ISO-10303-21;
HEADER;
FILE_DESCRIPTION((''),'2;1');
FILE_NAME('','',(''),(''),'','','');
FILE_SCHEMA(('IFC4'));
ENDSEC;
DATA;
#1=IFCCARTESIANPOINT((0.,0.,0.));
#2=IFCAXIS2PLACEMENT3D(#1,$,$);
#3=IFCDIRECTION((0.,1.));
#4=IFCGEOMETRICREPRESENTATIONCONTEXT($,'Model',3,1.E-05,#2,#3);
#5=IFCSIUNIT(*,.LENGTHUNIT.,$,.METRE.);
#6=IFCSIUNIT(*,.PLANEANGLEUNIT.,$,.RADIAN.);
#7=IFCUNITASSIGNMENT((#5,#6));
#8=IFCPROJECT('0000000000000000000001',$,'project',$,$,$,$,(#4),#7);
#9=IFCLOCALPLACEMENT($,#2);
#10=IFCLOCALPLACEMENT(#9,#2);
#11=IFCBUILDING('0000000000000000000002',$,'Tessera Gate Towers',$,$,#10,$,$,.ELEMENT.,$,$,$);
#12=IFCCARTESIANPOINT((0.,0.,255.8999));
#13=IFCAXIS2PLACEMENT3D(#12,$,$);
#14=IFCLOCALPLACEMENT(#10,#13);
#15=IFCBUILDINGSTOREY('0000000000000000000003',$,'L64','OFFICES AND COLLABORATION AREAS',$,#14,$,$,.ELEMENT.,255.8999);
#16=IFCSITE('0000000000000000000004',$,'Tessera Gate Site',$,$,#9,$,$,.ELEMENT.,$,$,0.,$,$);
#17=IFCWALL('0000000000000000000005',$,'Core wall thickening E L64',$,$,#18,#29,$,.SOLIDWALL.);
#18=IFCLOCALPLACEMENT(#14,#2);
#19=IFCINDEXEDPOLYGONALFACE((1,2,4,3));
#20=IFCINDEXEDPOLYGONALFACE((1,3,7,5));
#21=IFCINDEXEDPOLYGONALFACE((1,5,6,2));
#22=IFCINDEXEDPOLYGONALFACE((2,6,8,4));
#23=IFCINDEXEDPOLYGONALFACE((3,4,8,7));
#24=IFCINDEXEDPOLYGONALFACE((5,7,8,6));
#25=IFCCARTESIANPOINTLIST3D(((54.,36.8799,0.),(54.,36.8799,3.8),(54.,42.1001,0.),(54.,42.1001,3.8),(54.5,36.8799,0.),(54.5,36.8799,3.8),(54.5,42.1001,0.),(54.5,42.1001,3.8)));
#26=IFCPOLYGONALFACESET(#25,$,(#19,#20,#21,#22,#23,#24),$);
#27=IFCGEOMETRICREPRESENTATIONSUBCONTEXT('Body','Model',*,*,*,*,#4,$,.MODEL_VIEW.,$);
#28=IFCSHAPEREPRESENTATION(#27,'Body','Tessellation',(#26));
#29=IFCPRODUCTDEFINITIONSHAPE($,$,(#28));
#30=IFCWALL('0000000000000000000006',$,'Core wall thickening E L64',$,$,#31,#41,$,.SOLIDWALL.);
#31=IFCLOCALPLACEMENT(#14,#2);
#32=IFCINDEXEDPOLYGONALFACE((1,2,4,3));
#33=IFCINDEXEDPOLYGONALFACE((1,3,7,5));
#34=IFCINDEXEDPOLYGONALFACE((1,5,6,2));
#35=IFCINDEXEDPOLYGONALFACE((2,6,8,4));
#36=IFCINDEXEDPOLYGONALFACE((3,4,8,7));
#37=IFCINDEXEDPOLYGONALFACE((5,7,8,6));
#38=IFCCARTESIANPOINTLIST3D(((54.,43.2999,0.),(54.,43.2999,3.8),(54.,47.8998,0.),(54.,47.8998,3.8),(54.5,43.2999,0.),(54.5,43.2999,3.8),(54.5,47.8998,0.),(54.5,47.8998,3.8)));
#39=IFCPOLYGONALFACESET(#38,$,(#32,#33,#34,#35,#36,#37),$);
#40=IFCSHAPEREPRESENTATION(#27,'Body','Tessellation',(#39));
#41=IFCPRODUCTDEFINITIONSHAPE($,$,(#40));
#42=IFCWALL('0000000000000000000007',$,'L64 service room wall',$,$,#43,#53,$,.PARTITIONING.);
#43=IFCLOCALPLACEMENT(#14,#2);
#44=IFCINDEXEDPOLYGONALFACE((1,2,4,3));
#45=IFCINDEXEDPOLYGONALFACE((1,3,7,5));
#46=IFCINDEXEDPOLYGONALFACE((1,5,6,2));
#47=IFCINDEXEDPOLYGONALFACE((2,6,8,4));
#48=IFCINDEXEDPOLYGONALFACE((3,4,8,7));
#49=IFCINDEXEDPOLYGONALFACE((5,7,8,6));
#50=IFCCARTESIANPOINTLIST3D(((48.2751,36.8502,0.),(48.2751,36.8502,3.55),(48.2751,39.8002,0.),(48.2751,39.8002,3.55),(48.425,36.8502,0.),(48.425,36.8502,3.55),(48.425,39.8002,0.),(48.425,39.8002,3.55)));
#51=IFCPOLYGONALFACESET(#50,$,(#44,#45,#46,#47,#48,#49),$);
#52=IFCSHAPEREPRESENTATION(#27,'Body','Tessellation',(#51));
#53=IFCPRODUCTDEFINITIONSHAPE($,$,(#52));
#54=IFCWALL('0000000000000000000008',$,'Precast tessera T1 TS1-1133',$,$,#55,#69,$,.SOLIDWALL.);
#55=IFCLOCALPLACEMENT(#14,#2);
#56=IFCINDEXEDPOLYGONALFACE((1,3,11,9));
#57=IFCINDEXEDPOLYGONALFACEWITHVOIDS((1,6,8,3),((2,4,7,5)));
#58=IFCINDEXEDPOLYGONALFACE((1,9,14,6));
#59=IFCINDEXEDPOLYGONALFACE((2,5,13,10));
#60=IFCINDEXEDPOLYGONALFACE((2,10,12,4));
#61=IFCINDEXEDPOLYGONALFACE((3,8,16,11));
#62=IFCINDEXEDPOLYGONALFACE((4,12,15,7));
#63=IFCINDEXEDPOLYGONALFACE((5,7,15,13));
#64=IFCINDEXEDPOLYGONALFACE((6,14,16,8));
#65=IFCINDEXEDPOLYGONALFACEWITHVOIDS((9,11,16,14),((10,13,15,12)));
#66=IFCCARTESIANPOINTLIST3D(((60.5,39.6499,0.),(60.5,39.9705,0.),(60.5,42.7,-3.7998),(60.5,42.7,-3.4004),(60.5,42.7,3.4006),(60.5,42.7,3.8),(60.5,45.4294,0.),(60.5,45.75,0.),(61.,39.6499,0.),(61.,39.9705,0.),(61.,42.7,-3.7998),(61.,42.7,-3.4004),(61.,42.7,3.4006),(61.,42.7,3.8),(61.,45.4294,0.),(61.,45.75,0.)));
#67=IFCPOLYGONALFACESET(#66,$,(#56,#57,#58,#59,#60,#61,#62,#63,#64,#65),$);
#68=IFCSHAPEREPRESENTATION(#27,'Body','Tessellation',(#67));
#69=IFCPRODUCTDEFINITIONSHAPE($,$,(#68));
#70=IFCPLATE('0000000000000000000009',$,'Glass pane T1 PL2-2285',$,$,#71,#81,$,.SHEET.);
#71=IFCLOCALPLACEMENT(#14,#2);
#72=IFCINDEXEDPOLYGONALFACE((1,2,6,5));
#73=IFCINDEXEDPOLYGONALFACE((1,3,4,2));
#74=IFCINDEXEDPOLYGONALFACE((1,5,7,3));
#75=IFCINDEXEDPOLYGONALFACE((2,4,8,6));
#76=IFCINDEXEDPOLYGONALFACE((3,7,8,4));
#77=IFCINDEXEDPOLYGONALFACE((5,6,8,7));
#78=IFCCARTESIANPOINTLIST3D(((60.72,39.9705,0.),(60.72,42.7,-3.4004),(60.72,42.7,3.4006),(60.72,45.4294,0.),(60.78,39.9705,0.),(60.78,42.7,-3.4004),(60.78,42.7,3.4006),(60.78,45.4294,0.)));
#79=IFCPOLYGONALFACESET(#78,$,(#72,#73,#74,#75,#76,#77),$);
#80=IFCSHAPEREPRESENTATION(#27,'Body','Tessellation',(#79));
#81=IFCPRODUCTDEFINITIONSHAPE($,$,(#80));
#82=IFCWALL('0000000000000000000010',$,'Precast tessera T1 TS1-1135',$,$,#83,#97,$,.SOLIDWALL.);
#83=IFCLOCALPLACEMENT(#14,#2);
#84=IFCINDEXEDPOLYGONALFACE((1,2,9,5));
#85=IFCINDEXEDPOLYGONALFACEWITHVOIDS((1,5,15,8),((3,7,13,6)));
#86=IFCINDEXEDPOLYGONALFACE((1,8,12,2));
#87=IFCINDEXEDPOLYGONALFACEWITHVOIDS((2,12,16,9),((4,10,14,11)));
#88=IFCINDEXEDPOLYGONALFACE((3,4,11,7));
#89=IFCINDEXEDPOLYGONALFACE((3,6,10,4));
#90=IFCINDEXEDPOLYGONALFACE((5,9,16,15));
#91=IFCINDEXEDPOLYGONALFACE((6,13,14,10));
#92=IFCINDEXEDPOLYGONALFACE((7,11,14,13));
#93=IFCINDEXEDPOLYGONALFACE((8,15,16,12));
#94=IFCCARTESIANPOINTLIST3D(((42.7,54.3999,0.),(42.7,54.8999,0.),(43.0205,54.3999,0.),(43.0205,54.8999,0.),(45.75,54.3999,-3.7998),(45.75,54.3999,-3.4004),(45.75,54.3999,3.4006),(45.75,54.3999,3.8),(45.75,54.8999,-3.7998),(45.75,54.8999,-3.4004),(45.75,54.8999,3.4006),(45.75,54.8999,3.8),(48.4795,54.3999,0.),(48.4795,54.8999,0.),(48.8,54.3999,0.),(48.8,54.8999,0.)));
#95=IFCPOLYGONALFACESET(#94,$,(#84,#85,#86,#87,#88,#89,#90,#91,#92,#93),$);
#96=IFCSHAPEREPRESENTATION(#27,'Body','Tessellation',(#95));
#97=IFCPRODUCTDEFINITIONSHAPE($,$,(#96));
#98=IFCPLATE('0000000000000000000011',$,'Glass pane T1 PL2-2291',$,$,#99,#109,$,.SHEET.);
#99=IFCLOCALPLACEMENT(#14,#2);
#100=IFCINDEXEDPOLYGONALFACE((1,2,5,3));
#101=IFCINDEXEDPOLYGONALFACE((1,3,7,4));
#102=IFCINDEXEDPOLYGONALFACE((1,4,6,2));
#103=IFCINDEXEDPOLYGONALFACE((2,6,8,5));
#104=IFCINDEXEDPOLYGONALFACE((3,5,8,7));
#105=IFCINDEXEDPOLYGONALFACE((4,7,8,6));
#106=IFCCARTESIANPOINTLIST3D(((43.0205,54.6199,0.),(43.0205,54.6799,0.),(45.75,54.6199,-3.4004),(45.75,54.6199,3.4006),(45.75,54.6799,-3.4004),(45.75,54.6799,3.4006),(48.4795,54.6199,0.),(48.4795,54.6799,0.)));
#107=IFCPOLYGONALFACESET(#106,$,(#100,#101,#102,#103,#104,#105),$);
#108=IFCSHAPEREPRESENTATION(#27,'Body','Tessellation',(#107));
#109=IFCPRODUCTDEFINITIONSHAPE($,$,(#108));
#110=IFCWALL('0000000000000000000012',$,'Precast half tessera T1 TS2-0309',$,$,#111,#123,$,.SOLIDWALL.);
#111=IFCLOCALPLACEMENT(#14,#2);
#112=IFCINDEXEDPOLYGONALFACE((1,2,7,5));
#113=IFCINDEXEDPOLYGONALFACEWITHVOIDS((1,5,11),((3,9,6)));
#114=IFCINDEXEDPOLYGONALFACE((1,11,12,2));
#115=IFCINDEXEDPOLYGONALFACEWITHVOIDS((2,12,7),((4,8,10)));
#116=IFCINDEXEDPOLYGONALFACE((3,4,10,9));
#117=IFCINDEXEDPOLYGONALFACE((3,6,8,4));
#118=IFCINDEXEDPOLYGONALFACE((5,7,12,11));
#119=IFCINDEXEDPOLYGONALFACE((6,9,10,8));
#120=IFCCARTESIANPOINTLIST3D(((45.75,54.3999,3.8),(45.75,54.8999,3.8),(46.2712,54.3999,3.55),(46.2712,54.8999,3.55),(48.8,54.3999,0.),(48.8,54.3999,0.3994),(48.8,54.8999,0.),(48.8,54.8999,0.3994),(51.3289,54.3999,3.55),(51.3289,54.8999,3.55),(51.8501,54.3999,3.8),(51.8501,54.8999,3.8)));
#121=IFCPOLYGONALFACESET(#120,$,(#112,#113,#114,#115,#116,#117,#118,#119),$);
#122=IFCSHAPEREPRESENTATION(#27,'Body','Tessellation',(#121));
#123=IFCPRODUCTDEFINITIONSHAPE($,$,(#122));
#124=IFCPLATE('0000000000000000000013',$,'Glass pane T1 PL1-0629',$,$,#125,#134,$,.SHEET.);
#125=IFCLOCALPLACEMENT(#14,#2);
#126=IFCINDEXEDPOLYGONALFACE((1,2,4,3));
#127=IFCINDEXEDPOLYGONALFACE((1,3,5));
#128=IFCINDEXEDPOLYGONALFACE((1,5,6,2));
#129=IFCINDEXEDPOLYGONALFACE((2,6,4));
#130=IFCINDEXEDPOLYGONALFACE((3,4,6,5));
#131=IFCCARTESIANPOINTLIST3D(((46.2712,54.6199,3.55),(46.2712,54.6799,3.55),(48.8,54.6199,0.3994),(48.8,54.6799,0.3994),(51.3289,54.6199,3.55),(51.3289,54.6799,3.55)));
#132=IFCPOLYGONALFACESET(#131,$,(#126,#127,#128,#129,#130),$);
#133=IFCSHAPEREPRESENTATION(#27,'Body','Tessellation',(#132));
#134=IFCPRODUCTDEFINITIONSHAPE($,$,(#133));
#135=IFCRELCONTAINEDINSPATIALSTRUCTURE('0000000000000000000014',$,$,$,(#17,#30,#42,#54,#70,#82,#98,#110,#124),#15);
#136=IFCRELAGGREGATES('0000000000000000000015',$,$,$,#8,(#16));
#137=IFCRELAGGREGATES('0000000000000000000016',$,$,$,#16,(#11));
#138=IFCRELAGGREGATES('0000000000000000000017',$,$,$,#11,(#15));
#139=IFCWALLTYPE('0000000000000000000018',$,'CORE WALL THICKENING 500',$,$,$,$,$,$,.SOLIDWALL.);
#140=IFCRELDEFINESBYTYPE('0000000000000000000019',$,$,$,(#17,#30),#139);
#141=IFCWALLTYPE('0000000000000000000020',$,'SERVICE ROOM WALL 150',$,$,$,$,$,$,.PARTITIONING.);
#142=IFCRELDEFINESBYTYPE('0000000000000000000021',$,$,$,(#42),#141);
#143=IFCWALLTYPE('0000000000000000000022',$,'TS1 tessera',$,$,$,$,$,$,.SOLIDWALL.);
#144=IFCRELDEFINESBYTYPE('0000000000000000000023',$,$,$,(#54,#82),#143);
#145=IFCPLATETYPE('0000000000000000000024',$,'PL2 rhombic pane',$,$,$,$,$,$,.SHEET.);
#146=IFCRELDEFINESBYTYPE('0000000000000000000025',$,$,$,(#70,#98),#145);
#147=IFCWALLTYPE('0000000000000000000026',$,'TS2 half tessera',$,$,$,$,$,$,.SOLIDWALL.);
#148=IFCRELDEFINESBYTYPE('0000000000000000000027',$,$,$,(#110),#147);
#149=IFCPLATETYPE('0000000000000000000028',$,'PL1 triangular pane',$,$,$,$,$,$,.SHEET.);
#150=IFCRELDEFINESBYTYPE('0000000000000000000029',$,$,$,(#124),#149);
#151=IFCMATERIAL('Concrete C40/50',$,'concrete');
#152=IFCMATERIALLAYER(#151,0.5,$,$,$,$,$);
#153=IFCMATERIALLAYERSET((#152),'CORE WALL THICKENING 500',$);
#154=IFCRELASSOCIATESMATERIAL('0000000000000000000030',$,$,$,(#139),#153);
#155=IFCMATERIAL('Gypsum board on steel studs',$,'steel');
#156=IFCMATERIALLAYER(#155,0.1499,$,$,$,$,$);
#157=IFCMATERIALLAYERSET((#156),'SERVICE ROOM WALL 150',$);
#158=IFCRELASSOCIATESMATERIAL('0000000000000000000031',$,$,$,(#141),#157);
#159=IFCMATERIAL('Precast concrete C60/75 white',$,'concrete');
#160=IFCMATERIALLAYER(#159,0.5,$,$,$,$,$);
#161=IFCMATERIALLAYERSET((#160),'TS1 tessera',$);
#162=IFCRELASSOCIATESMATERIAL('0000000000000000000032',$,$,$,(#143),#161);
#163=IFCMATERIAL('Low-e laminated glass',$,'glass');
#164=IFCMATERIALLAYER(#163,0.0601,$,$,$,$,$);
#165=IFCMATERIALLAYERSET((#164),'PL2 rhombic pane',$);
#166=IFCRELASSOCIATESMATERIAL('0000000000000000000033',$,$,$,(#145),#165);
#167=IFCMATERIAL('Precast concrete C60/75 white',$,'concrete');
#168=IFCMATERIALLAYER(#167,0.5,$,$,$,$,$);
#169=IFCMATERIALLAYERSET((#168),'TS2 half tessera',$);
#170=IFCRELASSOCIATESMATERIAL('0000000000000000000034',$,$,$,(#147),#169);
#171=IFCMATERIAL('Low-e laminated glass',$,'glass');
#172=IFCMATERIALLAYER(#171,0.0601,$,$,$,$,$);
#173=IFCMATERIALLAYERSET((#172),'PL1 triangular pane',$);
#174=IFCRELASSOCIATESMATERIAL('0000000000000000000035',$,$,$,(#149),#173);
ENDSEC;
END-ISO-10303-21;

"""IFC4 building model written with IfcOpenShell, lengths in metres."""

from ifc_helpers import new_model, si_unit, direction, frame, frame_2d, origin, place, context, subcontext, project, spatial, polyline, rectangle, outline, extrude, source, transform, mapped, material, layer, layer_set, type_object, element, fill, save


model = new_model("IFC4")

# Units and contexts
model_context = context("Model", 3, precision=1e-05, world=origin(), true_north=direction((0.0, 1.0)))
body_context = subcontext(model_context, "Body", "Model", "MODEL_VIEW")
ifc_project = project(units=[si_unit("LENGTHUNIT", "METRE"), si_unit("PLANEANGLEUNIT", "RADIAN")], contexts=[model_context])

# Site, building, storey
site_placement = place(None, origin())
site = spatial("IfcSite", under=ifc_project, at=site_placement, Name="Tessera Gate Site", CompositionType="ELEMENT", RefElevation=0.0)
building_placement = place(site_placement, origin())
building = spatial("IfcBuilding", under=site, at=building_placement, Name="Tessera Gate Towers", CompositionType="ELEMENT")
storey_placement = place(building_placement, frame((0.0, 0.0, 255.8999)))
storey = spatial("IfcBuildingStorey", under=building, at=storey_placement, Name="L64", Description="OFFICES AND COLLABORATION AREAS", CompositionType="ELEMENT", Elevation=255.8999)

# Walls
ifc_material_1 = material(Name="Concrete C40/50", Category="concrete")
ifc_layer_1 = layer(ifc_material_1, 0.5)
ifc_layer_set_1 = layer_set([ifc_layer_1], Name="CORE WALL THICKENING 500")
wall_type_1 = type_object("IfcWallType", Name="CORE WALL THICKENING 500", PredefinedType="SOLIDWALL", material=ifc_layer_set_1)
wall_1_placement = place(storey_placement, frame((54.25, 36.8799, 0.0), z_axis=(0.0, 0.0, 1.0), x_axis=(0.0, 1.0, 0.0)))
element("IfcWall", 1, at=wall_1_placement, inside=storey, type_object=wall_type_1, Name="Core wall thickening E L64", PredefinedType="SOLIDWALL", context=body_context, shape_type="SweptSolid", body=[
    extrude(rectangle(XDim=5.2202, YDim=0.5, at=frame_2d((2.6101, 0.0))), origin(), (0.0, 0.0, 1.0), 3.8),
])
wall_2_placement = place(storey_placement, frame((54.25, 43.3, 0.0), z_axis=(0.0, 0.0, 1.0), x_axis=(0.0, 1.0, 0.0)))
element("IfcWall", 2, at=wall_2_placement, inside=storey, type_object=wall_type_1, Name="Core wall thickening E L64", PredefinedType="SOLIDWALL", context=body_context, shape_type="SweptSolid", body=[
    extrude(rectangle(XDim=4.5999, YDim=0.5, at=frame_2d((2.2998, 0.0))), origin(), (0.0, 0.0, 1.0), 3.8),
])
ifc_material_2 = material(Name="Gypsum board on steel studs", Category="steel")
ifc_layer_2 = layer(ifc_material_2, 0.1499)
ifc_layer_set_2 = layer_set([ifc_layer_2], Name="SERVICE ROOM WALL 150")
wall_type_2 = type_object("IfcWallType", Name="SERVICE ROOM WALL 150", PredefinedType="PARTITIONING", material=ifc_layer_set_2)
wall_3_placement = place(storey_placement, frame((48.3501, 36.8501, 0.0), z_axis=(0.0, 0.0, 1.0), x_axis=(0.0, 1.0, 0.0)))
element("IfcWall", 3, at=wall_3_placement, inside=storey, type_object=wall_type_2, Name="L64 service room wall", PredefinedType="PARTITIONING", context=body_context, shape_type="SweptSolid", body=[
    extrude(rectangle(XDim=2.95, YDim=0.1499, at=frame_2d((1.4751, 0.0))), origin(), (0.0, 0.0, 1.0), 3.55),
])

# Walls, openings, plates
ifc_material_3 = material(Name="Precast concrete C60/75 white", Category="concrete")
ifc_layer_3 = layer(ifc_material_3, 0.5)
ifc_layer_set_3 = layer_set([ifc_layer_3], Name="TS1 tessera")
wall_type_3 = type_object("IfcWallType", Name="TS1 tessera", PredefinedType="SOLIDWALL", material=ifc_layer_set_3)
shared_shape_1 = source(origin(), body_context, "Body", "SweptSolid", [
    extrude(outline(polyline([(3.05, 0.0), (6.1001, 3.7998), (3.05, 7.5999), (0.0, 3.7998), (3.05, 0.0)])), frame((0.0, 0.25, 0.0), z_axis=(0.0, -1.0, 0.0), x_axis=(1.0, 0.0, 0.0)), (0.0, 0.0, 1.0), 0.5),
])
wall_4_placement = place(storey_placement, frame((60.75, 39.6499, -3.7998), z_axis=(0.0, 0.0, 1.0), x_axis=(0.0, 1.0, 0.0)))
wall_4 = element("IfcWall", 4, at=wall_4_placement, inside=storey, type_object=wall_type_3, Name="Precast tessera T1 TS1-1133", PredefinedType="SOLIDWALL", context=body_context, shape_type="MappedRepresentation", body=[
    mapped(shared_shape_1, transform((0.0, 0.0, 0.0), scale=1.0)),
])
shared_shape_2 = source(origin(), body_context, "Body", "SweptSolid", [
    extrude(outline(polyline([(3.05, 0.3994), (5.7795, 3.7998), (3.05, 7.2004), (0.3206, 3.7998), (3.05, 0.3994)])), frame((0.0, 0.26, 0.0), z_axis=(0.0, -1.0, 0.0), x_axis=(1.0, 0.0, 0.0)), (0.0, 0.0, 1.0), 0.52),
])
opening_1_placement = place(wall_4_placement, origin())
opening_1 = element("IfcOpeningElement", 5, at=opening_1_placement, cuts=wall_4, PredefinedType="OPENING", context=body_context, shape_type="MappedRepresentation", body=[
    mapped(shared_shape_2, transform((0.0, 0.0, 0.0), scale=1.0)),
])
ifc_material_4 = material(Name="Low-e laminated glass", Category="glass")
ifc_layer_4 = layer(ifc_material_4, 0.0601)
ifc_layer_set_4 = layer_set([ifc_layer_4], Name="PL2 rhombic pane")
plate_type_1 = type_object("IfcPlateType", Name="PL2 rhombic pane", PredefinedType="SHEET", material=ifc_layer_set_4)
shared_shape_3 = source(origin(), body_context, "Body", "SweptSolid", [
    extrude(outline(polyline([(3.05, 0.3994), (5.7795, 3.7998), (3.05, 7.2004), (0.3206, 3.7998), (3.05, 0.3994)])), frame((0.0, 0.03, 0.0), z_axis=(0.0, -1.0, 0.0), x_axis=(1.0, 0.0, 0.0)), (0.0, 0.0, 1.0), 0.0601),
])
plate_1_placement = place(opening_1_placement, origin())
plate_1 = element("IfcPlate", 6, at=plate_1_placement, inside=storey, type_object=plate_type_1, Name="Glass pane T1 PL2-2285", PredefinedType="SHEET", context=body_context, shape_type="MappedRepresentation", body=[
    mapped(shared_shape_3, transform((0.0, 0.0, 0.0), scale=1.0)),
])
fill(opening_1, plate_1)
wall_5_placement = place(storey_placement, frame((48.8, 54.6499, -3.7998), z_axis=(0.0, 0.0, 1.0), x_axis=(-1.0, 0.0, 0.0)))
wall_5 = element("IfcWall", 7, at=wall_5_placement, inside=storey, type_object=wall_type_3, Name="Precast tessera T1 TS1-1135", PredefinedType="SOLIDWALL", context=body_context, shape_type="MappedRepresentation", body=[
    mapped(shared_shape_1, transform((0.0, 0.0, 0.0), scale=1.0)),
])
opening_2_placement = place(wall_5_placement, origin())
opening_2 = element("IfcOpeningElement", 8, at=opening_2_placement, cuts=wall_5, PredefinedType="OPENING", context=body_context, shape_type="MappedRepresentation", body=[
    mapped(shared_shape_2, transform((0.0, 0.0, 0.0), scale=1.0)),
])
plate_2_placement = place(opening_2_placement, origin())
plate_2 = element("IfcPlate", 9, at=plate_2_placement, inside=storey, type_object=plate_type_1, Name="Glass pane T1 PL2-2291", PredefinedType="SHEET", context=body_context, shape_type="MappedRepresentation", body=[
    mapped(shared_shape_3, transform((0.0, 0.0, 0.0), scale=1.0)),
])
fill(opening_2, plate_2)
ifc_material_5 = material(Name="Precast concrete C60/75 white", Category="concrete")
ifc_layer_5 = layer(ifc_material_5, 0.5)
ifc_layer_set_5 = layer_set([ifc_layer_5], Name="TS2 half tessera")
wall_type_4 = type_object("IfcWallType", Name="TS2 half tessera", PredefinedType="SOLIDWALL", material=ifc_layer_set_5)
shared_shape_4 = source(origin(), body_context, "Body", "SweptSolid", [
    extrude(outline(polyline([(3.05, 0.0), (6.1001, 3.8), (0.0, 3.8), (3.05, 0.0)])), frame((0.0, 0.25, 0.0), z_axis=(0.0, -1.0, 0.0), x_axis=(1.0, 0.0, 0.0)), (0.0, 0.0, 1.0), 0.5),
])
wall_6_placement = place(storey_placement, frame((51.8501, 54.6499, 0.0), z_axis=(0.0, 0.0, 1.0), x_axis=(-1.0, 0.0, 0.0)))
wall_6 = element("IfcWall", 10, at=wall_6_placement, inside=storey, type_object=wall_type_4, Name="Precast half tessera T1 TS2-0309", PredefinedType="SOLIDWALL", context=body_context, shape_type="MappedRepresentation", body=[
    mapped(shared_shape_4, transform((0.0, 0.0, 0.0), scale=1.0)),
])
shared_shape_5 = source(origin(), body_context, "Body", "SweptSolid", [
    extrude(outline(polyline([(3.05, 0.3994), (5.5789, 3.55), (0.5212, 3.55), (3.05, 0.3994)])), frame((0.0, 0.26, 0.0), z_axis=(0.0, -1.0, 0.0), x_axis=(1.0, 0.0, 0.0)), (0.0, 0.0, 1.0), 0.52),
])
opening_3_placement = place(wall_6_placement, origin())
opening_3 = element("IfcOpeningElement", 11, at=opening_3_placement, cuts=wall_6, PredefinedType="OPENING", context=body_context, shape_type="MappedRepresentation", body=[
    mapped(shared_shape_5, transform((0.0, 0.0, 0.0), scale=1.0)),
])
ifc_material_6 = material(Name="Low-e laminated glass", Category="glass")
ifc_layer_6 = layer(ifc_material_6, 0.0601)
ifc_layer_set_6 = layer_set([ifc_layer_6], Name="PL1 triangular pane")
plate_type_2 = type_object("IfcPlateType", Name="PL1 triangular pane", PredefinedType="SHEET", material=ifc_layer_set_6)
shared_shape_6 = source(origin(), body_context, "Body", "SweptSolid", [
    extrude(outline(polyline([(3.05, 0.3994), (5.5789, 3.55), (0.5212, 3.55), (3.05, 0.3994)])), frame((0.0, 0.03, 0.0), z_axis=(0.0, -1.0, 0.0), x_axis=(1.0, 0.0, 0.0)), (0.0, 0.0, 1.0), 0.0601),
])
plate_3_placement = place(opening_3_placement, origin())
plate_3 = element("IfcPlate", 12, at=plate_3_placement, inside=storey, type_object=plate_type_2, Name="Glass pane T1 PL1-0629", PredefinedType="SHEET", context=body_context, shape_type="MappedRepresentation", body=[
    mapped(shared_shape_6, transform((0.0, 0.0, 0.0), scale=1.0)),
])
fill(opening_3, plate_3)

save(model, "model.ifc")
